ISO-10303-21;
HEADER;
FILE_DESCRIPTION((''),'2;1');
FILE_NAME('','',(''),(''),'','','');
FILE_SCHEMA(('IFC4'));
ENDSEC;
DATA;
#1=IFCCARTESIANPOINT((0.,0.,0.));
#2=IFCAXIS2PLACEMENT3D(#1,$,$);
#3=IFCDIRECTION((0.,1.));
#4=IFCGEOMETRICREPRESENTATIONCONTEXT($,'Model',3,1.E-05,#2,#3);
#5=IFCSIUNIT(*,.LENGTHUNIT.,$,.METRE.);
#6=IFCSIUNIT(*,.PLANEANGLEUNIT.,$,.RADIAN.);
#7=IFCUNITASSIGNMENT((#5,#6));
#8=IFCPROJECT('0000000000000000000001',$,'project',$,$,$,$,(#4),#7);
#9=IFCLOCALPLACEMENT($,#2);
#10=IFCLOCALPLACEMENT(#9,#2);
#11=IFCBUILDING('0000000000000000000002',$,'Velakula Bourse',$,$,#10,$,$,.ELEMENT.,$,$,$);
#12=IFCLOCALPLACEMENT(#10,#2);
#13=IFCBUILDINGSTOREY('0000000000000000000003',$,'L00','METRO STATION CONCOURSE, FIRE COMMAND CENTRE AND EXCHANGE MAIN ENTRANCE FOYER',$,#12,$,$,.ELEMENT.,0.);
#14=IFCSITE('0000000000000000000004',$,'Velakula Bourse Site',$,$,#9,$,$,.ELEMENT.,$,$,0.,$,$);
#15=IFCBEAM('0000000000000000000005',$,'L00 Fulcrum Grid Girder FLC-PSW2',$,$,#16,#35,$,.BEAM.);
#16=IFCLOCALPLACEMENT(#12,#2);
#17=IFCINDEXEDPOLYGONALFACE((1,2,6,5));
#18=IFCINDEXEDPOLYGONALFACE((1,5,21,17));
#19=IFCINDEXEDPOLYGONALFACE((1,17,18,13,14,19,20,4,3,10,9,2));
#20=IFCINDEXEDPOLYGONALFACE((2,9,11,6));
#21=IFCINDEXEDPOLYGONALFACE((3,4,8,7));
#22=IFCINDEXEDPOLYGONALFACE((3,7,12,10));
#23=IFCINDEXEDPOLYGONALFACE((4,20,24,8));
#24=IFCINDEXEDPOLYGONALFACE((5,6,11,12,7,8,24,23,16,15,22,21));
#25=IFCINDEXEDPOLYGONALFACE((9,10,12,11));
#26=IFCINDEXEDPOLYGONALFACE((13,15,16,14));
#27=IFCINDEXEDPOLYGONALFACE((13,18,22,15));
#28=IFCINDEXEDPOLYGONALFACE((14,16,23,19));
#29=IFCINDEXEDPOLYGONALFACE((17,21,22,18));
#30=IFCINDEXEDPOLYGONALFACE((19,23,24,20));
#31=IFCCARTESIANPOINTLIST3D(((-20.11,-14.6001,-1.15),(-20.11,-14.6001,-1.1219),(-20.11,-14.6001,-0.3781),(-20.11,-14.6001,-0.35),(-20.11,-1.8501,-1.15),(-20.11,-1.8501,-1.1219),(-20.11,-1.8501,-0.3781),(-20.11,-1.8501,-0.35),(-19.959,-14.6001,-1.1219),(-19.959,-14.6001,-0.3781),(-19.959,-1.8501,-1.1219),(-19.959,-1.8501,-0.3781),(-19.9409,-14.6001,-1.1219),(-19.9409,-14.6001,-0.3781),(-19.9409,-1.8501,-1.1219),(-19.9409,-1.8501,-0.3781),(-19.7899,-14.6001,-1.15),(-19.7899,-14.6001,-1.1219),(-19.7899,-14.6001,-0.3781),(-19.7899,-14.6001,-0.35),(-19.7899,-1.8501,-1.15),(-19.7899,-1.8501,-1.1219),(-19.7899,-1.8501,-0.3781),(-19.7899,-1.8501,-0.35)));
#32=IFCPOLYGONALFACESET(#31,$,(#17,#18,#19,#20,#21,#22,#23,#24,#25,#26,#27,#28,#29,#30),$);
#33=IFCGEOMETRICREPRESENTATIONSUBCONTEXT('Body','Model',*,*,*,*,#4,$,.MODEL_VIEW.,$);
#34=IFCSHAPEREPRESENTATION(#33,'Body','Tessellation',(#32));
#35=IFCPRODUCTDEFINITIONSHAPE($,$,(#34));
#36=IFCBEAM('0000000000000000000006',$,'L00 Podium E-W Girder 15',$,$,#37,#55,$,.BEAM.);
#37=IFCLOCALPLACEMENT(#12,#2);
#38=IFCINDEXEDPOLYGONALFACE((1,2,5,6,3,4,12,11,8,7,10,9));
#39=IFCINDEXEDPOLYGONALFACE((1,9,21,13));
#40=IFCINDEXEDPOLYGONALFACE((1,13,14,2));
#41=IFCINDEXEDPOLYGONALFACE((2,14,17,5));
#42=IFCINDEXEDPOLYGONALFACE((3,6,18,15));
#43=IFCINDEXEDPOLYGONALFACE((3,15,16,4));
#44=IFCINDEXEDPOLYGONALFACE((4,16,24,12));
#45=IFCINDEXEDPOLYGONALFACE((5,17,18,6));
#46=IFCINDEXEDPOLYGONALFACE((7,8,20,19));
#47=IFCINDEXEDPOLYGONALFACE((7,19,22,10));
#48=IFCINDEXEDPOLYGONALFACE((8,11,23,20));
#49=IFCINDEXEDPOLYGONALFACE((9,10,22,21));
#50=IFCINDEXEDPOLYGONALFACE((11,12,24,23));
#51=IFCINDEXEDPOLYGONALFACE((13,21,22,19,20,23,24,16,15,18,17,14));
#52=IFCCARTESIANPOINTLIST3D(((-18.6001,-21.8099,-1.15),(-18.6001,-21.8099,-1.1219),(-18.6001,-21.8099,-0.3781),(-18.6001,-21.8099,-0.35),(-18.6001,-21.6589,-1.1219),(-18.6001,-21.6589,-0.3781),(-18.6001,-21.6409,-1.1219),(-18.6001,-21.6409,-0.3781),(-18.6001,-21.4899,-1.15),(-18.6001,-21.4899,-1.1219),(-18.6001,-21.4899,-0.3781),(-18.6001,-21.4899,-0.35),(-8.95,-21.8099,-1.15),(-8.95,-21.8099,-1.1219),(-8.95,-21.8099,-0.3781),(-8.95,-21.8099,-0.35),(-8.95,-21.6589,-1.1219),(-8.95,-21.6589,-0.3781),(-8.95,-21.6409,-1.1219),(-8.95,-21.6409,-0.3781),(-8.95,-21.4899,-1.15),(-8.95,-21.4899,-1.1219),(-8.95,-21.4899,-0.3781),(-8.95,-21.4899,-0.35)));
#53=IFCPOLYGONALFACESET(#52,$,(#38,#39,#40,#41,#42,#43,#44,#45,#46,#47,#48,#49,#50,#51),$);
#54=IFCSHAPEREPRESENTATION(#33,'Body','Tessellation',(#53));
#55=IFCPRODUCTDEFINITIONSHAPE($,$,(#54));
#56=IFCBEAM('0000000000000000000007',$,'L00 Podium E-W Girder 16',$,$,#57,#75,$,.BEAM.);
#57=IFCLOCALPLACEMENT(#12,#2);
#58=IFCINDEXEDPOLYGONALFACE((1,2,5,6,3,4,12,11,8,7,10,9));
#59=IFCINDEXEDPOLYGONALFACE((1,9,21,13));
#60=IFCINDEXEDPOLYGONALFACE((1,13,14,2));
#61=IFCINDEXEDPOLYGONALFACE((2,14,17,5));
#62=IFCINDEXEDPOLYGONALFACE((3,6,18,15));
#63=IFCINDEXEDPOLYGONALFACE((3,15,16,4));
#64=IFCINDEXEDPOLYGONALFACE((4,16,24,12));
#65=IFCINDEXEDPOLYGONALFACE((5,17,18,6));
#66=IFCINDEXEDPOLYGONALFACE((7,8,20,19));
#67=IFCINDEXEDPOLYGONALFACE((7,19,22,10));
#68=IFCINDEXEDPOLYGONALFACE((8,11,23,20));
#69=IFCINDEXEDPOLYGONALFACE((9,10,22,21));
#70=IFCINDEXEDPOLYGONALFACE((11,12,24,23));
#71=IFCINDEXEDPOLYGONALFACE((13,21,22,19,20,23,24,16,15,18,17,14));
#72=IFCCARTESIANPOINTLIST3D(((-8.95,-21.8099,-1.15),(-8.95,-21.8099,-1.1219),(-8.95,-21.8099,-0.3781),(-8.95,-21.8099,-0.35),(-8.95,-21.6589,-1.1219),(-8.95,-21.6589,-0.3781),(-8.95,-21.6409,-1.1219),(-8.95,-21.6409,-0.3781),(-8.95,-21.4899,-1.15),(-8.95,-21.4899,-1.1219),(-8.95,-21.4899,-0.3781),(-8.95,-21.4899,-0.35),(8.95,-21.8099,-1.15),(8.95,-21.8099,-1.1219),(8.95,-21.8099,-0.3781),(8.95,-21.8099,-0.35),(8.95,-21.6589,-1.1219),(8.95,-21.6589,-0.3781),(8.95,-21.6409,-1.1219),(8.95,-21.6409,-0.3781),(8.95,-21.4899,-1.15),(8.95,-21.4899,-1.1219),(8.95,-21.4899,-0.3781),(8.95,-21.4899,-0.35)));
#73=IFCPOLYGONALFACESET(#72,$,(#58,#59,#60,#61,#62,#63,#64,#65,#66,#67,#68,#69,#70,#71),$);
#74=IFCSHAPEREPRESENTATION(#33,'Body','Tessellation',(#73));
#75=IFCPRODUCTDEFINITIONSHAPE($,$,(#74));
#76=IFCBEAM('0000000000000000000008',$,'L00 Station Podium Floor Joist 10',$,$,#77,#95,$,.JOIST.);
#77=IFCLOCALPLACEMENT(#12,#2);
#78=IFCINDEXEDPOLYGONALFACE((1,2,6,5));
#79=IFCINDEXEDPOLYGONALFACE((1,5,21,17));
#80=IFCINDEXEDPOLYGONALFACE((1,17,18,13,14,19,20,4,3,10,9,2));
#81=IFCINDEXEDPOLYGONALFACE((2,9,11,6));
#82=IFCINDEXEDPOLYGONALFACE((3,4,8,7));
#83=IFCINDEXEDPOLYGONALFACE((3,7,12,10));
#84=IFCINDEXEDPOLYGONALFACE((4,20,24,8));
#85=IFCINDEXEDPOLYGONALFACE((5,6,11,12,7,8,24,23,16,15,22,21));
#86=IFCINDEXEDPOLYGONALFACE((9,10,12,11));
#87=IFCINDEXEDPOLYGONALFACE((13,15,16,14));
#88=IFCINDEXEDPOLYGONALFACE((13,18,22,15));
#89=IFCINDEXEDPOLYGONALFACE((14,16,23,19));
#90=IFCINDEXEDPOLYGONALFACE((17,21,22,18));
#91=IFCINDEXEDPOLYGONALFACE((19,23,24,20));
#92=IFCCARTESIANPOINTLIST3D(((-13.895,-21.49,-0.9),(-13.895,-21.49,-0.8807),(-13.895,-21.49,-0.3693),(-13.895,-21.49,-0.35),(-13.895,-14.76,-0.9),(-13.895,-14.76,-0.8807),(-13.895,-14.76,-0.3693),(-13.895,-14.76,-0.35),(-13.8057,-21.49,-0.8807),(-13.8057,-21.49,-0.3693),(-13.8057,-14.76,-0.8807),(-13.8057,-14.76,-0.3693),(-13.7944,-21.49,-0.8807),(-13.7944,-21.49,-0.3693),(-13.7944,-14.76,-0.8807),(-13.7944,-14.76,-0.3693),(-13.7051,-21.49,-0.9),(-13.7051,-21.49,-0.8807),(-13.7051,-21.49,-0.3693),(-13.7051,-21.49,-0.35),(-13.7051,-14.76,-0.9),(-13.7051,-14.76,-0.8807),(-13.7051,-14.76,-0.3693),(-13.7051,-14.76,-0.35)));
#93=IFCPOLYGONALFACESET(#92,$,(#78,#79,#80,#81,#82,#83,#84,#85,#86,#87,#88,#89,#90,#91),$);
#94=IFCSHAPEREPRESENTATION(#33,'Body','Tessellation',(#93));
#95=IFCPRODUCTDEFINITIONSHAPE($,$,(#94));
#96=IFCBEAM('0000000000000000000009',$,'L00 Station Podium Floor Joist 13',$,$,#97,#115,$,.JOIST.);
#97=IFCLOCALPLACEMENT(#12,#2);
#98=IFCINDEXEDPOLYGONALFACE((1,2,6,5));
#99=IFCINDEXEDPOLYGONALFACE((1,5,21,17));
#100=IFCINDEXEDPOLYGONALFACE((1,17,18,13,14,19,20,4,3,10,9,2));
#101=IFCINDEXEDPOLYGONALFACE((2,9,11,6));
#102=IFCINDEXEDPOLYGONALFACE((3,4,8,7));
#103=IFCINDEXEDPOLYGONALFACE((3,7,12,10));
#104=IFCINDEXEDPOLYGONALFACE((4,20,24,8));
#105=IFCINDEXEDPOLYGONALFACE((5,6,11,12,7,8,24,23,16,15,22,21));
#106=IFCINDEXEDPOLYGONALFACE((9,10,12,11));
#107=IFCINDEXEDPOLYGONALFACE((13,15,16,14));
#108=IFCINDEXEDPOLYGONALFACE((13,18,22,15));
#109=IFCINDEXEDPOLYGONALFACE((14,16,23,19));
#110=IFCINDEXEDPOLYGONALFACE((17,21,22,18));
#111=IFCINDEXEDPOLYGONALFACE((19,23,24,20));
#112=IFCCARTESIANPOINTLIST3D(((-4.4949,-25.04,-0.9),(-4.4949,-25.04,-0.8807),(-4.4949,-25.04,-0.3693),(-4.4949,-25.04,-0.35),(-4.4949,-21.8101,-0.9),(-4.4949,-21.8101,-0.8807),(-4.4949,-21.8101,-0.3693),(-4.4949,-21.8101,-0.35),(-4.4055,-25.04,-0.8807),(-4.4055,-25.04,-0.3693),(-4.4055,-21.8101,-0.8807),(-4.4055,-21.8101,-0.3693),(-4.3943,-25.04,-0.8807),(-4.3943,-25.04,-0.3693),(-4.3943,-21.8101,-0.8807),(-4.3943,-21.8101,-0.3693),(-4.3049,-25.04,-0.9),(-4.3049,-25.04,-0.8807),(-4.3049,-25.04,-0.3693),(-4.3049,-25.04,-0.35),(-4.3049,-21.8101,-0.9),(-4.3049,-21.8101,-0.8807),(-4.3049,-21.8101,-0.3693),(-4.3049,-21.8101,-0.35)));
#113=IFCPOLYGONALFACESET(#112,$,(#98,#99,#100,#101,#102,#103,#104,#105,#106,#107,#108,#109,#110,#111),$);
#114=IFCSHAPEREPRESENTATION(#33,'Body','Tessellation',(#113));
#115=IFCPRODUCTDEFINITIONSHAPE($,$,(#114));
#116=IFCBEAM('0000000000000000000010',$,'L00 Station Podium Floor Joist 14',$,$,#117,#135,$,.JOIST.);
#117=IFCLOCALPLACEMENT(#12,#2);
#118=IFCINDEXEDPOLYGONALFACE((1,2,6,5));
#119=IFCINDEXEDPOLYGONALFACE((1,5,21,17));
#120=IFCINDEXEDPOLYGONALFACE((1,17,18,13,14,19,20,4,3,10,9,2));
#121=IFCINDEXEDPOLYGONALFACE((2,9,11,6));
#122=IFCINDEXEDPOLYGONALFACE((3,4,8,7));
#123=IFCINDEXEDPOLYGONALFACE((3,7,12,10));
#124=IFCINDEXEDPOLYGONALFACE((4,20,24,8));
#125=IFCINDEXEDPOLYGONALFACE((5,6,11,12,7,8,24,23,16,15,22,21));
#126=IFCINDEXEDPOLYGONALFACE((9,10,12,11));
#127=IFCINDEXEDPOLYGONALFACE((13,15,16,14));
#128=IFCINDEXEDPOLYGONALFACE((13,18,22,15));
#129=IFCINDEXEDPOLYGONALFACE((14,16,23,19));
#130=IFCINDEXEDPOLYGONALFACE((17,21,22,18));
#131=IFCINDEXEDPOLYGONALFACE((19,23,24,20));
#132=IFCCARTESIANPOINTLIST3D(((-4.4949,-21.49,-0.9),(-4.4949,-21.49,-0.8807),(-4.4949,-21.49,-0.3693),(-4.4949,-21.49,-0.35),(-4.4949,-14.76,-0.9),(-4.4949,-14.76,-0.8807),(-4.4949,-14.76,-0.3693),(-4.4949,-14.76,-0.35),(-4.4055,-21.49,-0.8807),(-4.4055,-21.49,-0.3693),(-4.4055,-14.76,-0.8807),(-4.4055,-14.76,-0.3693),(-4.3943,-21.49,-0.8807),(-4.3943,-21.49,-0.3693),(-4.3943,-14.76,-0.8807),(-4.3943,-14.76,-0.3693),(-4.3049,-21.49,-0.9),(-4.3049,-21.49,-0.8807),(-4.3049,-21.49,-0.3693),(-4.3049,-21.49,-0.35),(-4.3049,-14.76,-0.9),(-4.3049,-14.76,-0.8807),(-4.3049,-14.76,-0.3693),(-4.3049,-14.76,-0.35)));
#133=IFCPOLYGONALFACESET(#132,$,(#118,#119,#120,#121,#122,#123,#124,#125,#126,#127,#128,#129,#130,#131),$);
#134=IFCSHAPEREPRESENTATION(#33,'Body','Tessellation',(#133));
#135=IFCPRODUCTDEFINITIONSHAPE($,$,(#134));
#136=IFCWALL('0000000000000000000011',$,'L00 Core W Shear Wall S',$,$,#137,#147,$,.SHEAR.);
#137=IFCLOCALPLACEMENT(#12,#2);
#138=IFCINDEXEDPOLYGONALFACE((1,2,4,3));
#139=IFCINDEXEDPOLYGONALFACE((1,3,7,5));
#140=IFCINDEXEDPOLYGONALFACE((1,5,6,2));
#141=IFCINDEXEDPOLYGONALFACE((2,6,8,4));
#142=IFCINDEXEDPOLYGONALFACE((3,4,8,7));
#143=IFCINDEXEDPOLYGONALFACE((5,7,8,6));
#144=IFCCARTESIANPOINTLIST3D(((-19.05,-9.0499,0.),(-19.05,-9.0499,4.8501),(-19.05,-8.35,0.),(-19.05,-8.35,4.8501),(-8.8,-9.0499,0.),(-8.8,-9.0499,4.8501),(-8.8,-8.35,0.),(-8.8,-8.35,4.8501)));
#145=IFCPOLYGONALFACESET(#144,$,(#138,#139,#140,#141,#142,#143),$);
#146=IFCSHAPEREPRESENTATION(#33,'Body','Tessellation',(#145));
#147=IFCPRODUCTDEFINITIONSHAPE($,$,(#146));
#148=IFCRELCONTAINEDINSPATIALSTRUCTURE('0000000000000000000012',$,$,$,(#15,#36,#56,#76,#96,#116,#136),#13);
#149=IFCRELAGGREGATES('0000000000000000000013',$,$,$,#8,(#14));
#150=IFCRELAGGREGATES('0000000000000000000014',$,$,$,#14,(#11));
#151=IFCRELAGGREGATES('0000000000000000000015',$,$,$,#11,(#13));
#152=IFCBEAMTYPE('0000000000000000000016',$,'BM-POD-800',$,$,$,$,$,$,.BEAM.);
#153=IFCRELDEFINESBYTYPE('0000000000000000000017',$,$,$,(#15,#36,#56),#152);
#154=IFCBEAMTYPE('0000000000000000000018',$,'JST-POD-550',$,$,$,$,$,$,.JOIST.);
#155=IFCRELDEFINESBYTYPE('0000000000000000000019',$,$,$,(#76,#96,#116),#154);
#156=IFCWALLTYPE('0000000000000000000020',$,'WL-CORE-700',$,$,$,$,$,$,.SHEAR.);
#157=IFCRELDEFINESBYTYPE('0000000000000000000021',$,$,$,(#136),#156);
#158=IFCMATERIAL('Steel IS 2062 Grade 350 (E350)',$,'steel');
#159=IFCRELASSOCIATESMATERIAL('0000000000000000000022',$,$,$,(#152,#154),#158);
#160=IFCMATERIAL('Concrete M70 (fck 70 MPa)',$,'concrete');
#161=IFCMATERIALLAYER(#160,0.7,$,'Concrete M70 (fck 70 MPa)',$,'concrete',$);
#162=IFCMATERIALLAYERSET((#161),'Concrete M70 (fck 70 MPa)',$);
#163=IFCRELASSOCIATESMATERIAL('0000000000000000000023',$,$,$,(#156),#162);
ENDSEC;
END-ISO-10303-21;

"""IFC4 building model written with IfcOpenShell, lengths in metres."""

from ifc_helpers import new_model, si_unit, direction, frame, frame_2d, origin, origin_2d, place, context, subcontext, project, spatial, rectangle, i_section, extrude, material, layer, layer_set, material_profile, profile_set, type_object, element, save


model = new_model("IFC4")

# Units and contexts
model_context = context("Model", 3, precision=1e-05, world=origin(), true_north=direction((0.0, 1.0)))
body_context = subcontext(model_context, "Body", "Model", "MODEL_VIEW")
ifc_project = project(units=[si_unit("LENGTHUNIT", "METRE"), si_unit("PLANEANGLEUNIT", "RADIAN")], contexts=[model_context])

# Site, building, storey
site_placement = place(None, origin())
site = spatial("IfcSite", under=ifc_project, at=site_placement, Name="Velakula Bourse Site", CompositionType="ELEMENT", RefElevation=0.0)
building_placement = place(site_placement, origin())
building = spatial("IfcBuilding", under=site, at=building_placement, Name="Velakula Bourse", CompositionType="ELEMENT")
storey_placement = place(building_placement, origin())
storey = spatial("IfcBuildingStorey", under=building, at=storey_placement, Name="L00", Description="METRO STATION CONCOURSE, FIRE COMMAND CENTRE AND EXCHANGE MAIN ENTRANCE FOYER", CompositionType="ELEMENT", Elevation=0.0)

# Shared definitions
ifc_material_1 = material(Name="Concrete M70 (fck 70 MPa)", Category="concrete")

# Beams
ifc_material_2 = material(Name="Steel IS 2062 Grade 350 (E350)", Category="steel")
ifc_material_profile_1 = material_profile(ifc_material_2, i_section(OverallWidth=0.3201, OverallDepth=0.8, WebThickness=0.0181, FlangeThickness=0.0281, at=origin_2d()), Name="Steel IS 2062 Grade 350 (E350)")
ifc_profile_set_1 = profile_set([ifc_material_profile_1], Name="Steel IS 2062 Grade 350 (E350)")
beam_type_1 = type_object("IfcBeamType", Name="BM-POD-800", PredefinedType="BEAM", material=ifc_profile_set_1)
beam_1_placement = place(storey_placement, frame((-19.95, -14.6001, -0.75), z_axis=(0.0, 1.0, 0.0), x_axis=(-1.0, 0.0, 0.0)))
element("IfcBeam", 1, at=beam_1_placement, inside=storey, type_object=beam_type_1, Name="L00 Fulcrum Grid Girder FLC-PSW2", PredefinedType="BEAM", context=body_context, shape_type="SweptSolid", body=[
    extrude(i_section(OverallWidth=0.3201, OverallDepth=0.8, WebThickness=0.0181, FlangeThickness=0.0281, at=origin_2d()), origin(), (0.0, 0.0, 1.0), 12.75),
])
beam_2_placement = place(storey_placement, frame((-18.6001, -21.6499, -0.75), z_axis=(1.0, 0.0, 0.0), x_axis=(0.0, 1.0, 0.0)))
element("IfcBeam", 2, at=beam_2_placement, inside=storey, type_object=beam_type_1, Name="L00 Podium E-W Girder 15", PredefinedType="BEAM", context=body_context, shape_type="SweptSolid", body=[
    extrude(i_section(OverallWidth=0.3201, OverallDepth=0.8, WebThickness=0.0181, FlangeThickness=0.0281, at=origin_2d()), origin(), (0.0, 0.0, 1.0), 9.6501),
])
beam_3_placement = place(storey_placement, frame((-8.95, -21.6499, -0.75), z_axis=(1.0, 0.0, 0.0), x_axis=(0.0, 1.0, 0.0)))
element("IfcBeam", 3, at=beam_3_placement, inside=storey, type_object=beam_type_1, Name="L00 Podium E-W Girder 16", PredefinedType="BEAM", context=body_context, shape_type="SweptSolid", body=[
    extrude(i_section(OverallWidth=0.3201, OverallDepth=0.8, WebThickness=0.0181, FlangeThickness=0.0281, at=origin_2d()), origin(), (0.0, 0.0, 1.0), 17.8999),
])
ifc_material_profile_2 = material_profile(ifc_material_2, i_section(OverallWidth=0.1899, OverallDepth=0.55, WebThickness=0.0112, FlangeThickness=0.0193, at=origin_2d()), Name="Steel IS 2062 Grade 350 (E350)")
ifc_profile_set_2 = profile_set([ifc_material_profile_2], Name="Steel IS 2062 Grade 350 (E350)")
beam_type_2 = type_object("IfcBeamType", Name="JST-POD-550", PredefinedType="JOIST", material=ifc_profile_set_2)
beam_4_placement = place(storey_placement, frame((-13.8, -21.49, -0.625), z_axis=(0.0, 1.0, 0.0), x_axis=(-1.0, 0.0, 0.0)))
element("IfcBeam", 4, at=beam_4_placement, inside=storey, type_object=beam_type_2, Name="L00 Station Podium Floor Joist 10", PredefinedType="JOIST", context=body_context, shape_type="SweptSolid", body=[
    extrude(i_section(OverallWidth=0.1899, OverallDepth=0.55, WebThickness=0.0112, FlangeThickness=0.0193, at=origin_2d()), origin(), (0.0, 0.0, 1.0), 6.73),
])
beam_5_placement = place(storey_placement, frame((-4.3999, -25.04, -0.625), z_axis=(0.0, 1.0, 0.0), x_axis=(-1.0, 0.0, 0.0)))
element("IfcBeam", 5, at=beam_5_placement, inside=storey, type_object=beam_type_2, Name="L00 Station Podium Floor Joist 13", PredefinedType="JOIST", context=body_context, shape_type="SweptSolid", body=[
    extrude(i_section(OverallWidth=0.1899, OverallDepth=0.55, WebThickness=0.0112, FlangeThickness=0.0193, at=origin_2d()), origin(), (0.0, 0.0, 1.0), 3.23),
])
beam_6_placement = place(storey_placement, frame((-4.3999, -21.49, -0.625), z_axis=(0.0, 1.0, 0.0), x_axis=(-1.0, 0.0, 0.0)))
element("IfcBeam", 6, at=beam_6_placement, inside=storey, type_object=beam_type_2, Name="L00 Station Podium Floor Joist 14", PredefinedType="JOIST", context=body_context, shape_type="SweptSolid", body=[
    extrude(i_section(OverallWidth=0.1899, OverallDepth=0.55, WebThickness=0.0112, FlangeThickness=0.0193, at=origin_2d()), origin(), (0.0, 0.0, 1.0), 6.73),
])

# Wall
ifc_layer_1 = layer(ifc_material_1, 0.7, Name="Concrete M70 (fck 70 MPa)", Category="concrete")
ifc_layer_set_1 = layer_set([ifc_layer_1], Name="Concrete M70 (fck 70 MPa)")
wall_type_1 = type_object("IfcWallType", Name="WL-CORE-700", PredefinedType="SHEAR", material=ifc_layer_set_1)
wall_1_placement = place(storey_placement, frame((-19.05, -8.7, 0.0), z_axis=(0.0, 0.0, 1.0), x_axis=(1.0, 0.0, 0.0)))
element("IfcWall", 7, at=wall_1_placement, inside=storey, type_object=wall_type_1, Name="L00 Core W Shear Wall S", PredefinedType="SHEAR", context=body_context, shape_type="SweptSolid", body=[
    extrude(rectangle(XDim=10.25, YDim=0.7, at=frame_2d((5.125, 0.0))), origin(), (0.0, 0.0, 1.0), 4.8501),
])

save(model, "model.ifc")
